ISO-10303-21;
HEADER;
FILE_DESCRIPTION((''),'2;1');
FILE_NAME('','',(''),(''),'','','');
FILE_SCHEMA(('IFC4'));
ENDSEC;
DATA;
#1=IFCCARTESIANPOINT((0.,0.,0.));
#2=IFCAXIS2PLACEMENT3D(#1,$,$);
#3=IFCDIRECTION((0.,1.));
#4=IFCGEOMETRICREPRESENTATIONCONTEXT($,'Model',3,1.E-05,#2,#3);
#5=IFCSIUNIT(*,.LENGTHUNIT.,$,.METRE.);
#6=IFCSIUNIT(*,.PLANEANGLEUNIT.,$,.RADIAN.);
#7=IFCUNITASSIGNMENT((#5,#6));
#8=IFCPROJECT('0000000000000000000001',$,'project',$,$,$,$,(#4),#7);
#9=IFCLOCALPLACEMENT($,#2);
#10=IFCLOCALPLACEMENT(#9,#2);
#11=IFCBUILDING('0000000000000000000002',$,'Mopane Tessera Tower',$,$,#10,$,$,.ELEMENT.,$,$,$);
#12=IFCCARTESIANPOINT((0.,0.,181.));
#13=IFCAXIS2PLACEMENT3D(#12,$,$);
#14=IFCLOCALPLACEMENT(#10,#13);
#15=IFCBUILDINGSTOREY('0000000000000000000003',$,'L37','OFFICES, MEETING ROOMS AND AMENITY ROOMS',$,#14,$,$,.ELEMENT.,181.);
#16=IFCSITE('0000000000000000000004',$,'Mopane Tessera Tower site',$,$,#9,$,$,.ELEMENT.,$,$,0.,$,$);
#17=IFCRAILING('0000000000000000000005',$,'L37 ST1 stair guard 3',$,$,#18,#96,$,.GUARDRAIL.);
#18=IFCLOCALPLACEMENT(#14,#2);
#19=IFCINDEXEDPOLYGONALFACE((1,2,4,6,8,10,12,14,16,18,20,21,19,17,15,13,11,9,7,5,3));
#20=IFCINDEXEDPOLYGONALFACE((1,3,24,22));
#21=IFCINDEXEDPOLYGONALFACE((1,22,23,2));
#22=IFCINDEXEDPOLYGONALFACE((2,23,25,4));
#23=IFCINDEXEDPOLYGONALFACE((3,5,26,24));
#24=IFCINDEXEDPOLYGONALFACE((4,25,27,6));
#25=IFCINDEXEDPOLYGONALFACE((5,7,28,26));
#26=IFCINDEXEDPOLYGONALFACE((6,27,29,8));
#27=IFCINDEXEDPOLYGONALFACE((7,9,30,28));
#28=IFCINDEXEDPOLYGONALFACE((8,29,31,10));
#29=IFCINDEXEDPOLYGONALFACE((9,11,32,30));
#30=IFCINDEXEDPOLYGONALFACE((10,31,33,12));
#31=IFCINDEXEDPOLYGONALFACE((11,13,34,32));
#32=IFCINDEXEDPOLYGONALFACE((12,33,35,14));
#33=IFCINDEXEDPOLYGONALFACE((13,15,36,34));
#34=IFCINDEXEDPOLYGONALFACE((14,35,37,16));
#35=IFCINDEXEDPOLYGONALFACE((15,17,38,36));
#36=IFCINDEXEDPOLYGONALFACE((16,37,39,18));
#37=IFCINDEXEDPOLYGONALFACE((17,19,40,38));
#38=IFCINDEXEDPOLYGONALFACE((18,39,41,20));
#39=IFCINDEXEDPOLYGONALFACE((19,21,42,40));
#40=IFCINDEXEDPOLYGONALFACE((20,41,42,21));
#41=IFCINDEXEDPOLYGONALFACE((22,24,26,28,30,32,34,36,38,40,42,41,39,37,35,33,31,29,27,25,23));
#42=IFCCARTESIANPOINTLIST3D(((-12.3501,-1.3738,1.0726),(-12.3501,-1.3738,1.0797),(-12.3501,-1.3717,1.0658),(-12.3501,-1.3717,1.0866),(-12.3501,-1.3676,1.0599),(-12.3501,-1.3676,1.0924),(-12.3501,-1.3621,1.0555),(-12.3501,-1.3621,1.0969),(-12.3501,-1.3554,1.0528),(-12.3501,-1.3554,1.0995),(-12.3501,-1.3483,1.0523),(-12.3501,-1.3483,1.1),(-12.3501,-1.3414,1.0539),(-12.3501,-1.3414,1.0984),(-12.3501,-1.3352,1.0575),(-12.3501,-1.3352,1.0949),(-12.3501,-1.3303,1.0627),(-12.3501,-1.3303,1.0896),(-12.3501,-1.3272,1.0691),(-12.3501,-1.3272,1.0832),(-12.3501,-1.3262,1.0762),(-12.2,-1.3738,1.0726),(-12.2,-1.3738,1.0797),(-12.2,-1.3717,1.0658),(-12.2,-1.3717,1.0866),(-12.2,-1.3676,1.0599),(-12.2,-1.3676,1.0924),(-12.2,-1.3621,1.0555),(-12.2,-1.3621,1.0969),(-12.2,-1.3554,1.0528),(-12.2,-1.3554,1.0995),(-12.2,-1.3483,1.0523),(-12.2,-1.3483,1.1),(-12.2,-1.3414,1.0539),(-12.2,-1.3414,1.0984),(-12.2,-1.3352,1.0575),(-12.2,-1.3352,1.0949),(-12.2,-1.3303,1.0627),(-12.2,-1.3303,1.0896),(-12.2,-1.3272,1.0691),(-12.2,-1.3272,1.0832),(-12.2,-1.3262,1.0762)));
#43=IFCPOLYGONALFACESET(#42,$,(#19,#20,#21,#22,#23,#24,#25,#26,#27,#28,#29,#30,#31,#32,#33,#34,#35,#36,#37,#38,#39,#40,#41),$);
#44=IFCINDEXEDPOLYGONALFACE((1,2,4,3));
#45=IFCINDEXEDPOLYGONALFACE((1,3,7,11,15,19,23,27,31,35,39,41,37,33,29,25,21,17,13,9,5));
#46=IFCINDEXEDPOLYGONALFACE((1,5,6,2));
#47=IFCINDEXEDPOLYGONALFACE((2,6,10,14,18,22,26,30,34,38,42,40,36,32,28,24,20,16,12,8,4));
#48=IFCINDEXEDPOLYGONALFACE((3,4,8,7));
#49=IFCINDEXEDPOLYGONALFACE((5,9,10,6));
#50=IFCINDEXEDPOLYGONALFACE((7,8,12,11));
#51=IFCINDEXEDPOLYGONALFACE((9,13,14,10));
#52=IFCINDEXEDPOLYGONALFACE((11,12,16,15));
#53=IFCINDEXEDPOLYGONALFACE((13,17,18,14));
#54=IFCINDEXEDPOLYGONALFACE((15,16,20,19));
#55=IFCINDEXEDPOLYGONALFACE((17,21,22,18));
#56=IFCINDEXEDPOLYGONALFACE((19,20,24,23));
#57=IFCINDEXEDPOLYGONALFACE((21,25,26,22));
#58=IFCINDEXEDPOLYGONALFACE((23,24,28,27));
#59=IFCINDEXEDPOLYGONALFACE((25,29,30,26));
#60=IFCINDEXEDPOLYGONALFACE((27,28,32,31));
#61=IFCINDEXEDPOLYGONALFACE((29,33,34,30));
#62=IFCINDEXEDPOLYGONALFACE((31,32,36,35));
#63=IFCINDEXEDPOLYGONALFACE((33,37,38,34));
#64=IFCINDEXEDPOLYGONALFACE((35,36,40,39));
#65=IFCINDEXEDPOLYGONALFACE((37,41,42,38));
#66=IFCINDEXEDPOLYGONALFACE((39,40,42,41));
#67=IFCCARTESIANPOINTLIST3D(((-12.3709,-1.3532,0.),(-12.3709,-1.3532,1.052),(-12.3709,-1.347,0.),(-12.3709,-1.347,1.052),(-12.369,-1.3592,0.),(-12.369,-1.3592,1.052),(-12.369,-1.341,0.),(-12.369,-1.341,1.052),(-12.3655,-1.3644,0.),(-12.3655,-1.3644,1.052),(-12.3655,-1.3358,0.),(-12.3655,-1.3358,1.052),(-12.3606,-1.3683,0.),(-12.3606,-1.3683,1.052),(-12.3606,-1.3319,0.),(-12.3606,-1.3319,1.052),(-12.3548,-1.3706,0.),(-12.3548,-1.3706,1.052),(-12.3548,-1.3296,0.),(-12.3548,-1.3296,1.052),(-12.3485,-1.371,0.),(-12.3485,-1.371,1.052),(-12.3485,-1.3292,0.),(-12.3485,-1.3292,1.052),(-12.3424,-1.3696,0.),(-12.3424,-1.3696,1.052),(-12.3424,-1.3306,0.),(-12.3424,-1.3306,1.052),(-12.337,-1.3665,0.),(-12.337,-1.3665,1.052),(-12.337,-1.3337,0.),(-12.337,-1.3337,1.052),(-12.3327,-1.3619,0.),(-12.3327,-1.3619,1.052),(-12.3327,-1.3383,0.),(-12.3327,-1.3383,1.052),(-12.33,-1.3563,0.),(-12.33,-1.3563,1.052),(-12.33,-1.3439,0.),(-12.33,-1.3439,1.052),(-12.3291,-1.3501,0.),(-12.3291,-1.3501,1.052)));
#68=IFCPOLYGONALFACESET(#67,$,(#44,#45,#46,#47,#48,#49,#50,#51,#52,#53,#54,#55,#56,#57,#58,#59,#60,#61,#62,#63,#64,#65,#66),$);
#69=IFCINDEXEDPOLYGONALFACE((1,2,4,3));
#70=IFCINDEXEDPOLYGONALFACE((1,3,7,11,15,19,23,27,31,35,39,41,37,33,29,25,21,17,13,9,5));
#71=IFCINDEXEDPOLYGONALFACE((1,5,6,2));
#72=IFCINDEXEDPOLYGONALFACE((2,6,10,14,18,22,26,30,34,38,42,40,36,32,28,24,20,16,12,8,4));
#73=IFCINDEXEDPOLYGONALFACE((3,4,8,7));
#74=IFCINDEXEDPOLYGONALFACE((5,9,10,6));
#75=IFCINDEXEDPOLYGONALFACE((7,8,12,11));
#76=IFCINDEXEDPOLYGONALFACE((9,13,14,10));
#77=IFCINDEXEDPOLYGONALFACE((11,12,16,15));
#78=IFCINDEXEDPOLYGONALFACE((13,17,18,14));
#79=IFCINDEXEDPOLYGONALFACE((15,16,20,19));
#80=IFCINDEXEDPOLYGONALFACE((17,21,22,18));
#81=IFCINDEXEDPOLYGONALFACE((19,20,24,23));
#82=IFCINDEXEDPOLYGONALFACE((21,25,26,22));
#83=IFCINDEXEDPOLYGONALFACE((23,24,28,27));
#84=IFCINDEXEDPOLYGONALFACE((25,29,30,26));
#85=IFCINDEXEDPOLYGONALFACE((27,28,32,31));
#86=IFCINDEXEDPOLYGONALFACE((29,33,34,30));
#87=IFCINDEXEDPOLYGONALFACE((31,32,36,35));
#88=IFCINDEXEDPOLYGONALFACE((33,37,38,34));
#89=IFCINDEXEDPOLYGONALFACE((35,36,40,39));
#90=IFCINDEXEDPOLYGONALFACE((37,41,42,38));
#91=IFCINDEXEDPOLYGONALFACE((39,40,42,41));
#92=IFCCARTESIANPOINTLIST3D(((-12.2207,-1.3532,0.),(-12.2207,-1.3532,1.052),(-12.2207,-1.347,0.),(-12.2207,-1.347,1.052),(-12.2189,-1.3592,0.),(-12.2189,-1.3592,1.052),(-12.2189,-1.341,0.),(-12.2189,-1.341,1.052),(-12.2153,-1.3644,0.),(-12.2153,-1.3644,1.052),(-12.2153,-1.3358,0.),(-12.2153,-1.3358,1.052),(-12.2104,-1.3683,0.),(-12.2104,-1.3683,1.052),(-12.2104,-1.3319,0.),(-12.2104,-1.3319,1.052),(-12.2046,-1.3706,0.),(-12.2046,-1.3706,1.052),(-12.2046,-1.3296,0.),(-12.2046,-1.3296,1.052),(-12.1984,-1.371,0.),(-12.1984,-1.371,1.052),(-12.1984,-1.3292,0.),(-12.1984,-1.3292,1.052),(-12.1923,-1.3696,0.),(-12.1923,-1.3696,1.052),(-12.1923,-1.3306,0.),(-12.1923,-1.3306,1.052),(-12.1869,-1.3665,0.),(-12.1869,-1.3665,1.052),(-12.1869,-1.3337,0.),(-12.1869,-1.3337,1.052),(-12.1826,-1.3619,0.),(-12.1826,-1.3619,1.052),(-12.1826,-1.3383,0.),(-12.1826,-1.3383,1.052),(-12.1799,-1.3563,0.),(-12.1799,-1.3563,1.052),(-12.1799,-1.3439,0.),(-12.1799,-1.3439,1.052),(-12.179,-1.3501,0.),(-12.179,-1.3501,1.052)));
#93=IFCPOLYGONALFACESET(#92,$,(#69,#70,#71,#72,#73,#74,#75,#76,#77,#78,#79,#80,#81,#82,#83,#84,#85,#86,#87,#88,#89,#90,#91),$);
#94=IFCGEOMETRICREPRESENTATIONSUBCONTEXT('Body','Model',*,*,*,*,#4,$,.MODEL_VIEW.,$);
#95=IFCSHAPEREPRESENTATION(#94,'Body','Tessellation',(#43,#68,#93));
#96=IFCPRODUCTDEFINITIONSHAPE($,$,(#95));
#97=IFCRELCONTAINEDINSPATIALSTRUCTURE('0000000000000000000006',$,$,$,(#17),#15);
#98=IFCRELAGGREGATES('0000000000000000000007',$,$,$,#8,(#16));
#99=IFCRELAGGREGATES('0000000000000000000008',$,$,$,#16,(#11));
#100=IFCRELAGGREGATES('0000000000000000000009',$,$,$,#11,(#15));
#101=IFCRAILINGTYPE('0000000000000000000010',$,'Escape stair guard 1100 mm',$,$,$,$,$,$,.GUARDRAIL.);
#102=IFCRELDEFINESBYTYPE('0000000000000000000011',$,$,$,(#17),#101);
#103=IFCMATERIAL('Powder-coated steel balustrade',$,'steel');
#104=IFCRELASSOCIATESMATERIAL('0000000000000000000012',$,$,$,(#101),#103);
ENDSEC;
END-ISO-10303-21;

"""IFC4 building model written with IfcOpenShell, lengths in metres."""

from ifc_helpers import new_model, si_unit, direction, frame, origin, origin_2d, place, context, subcontext, project, spatial, circle, extrude, material, type_object, element, save


model = new_model("IFC4")

# Units and contexts
model_context = context("Model", 3, precision=1e-05, world=origin(), true_north=direction((0.0, 1.0)))
body_context = subcontext(model_context, "Body", "Model", "MODEL_VIEW")
ifc_project = project(units=[si_unit("LENGTHUNIT", "METRE"), si_unit("PLANEANGLEUNIT", "RADIAN")], contexts=[model_context])

# Site, building, storey
site_placement = place(None, origin())
site = spatial("IfcSite", under=ifc_project, at=site_placement, Name="Mopane Tessera Tower site", CompositionType="ELEMENT", RefElevation=0.0)
building_placement = place(site_placement, origin())
building = spatial("IfcBuilding", under=site, at=building_placement, Name="Mopane Tessera Tower", CompositionType="ELEMENT")
storey_placement = place(building_placement, frame((0.0, 0.0, 181.0)))
storey = spatial("IfcBuildingStorey", under=building, at=storey_placement, Name="L37", Description="OFFICES, MEETING ROOMS AND AMENITY ROOMS", CompositionType="ELEMENT", Elevation=181.0)

# Railing
ifc_material_1 = material(Name="Powder-coated steel balustrade", Category="steel")
railing_type_1 = type_object("IfcRailingType", Name="Escape stair guard 1100 mm", PredefinedType="GUARDRAIL", material=ifc_material_1)
railing_1_placement = place(storey_placement, frame((-12.3501, -1.3501, 0.0)))
element("IfcRailing", 1, at=railing_1_placement, inside=storey, type_object=railing_type_1, Name="L37 ST1 stair guard 3", PredefinedType="GUARDRAIL", context=body_context, shape_type="SweptSolid", body=[
    extrude(circle(Radius=0.0239, at=origin_2d()), frame((0.0, 0.0, 1.0762), z_axis=(1.0, 0.0, 0.0), x_axis=(0.0, 1.0, 0.0)), (0.0, 0.0, 1.0), 0.1501),
    extrude(circle(Radius=0.021, at=origin_2d()), origin(), (0.0, 0.0, 1.0), 1.052),
    extrude(circle(Radius=0.021, at=origin_2d()), frame((0.1501, 0.0, 0.0)), (0.0, 0.0, 1.0), 1.052),
])

save(model, "model.ifc")
